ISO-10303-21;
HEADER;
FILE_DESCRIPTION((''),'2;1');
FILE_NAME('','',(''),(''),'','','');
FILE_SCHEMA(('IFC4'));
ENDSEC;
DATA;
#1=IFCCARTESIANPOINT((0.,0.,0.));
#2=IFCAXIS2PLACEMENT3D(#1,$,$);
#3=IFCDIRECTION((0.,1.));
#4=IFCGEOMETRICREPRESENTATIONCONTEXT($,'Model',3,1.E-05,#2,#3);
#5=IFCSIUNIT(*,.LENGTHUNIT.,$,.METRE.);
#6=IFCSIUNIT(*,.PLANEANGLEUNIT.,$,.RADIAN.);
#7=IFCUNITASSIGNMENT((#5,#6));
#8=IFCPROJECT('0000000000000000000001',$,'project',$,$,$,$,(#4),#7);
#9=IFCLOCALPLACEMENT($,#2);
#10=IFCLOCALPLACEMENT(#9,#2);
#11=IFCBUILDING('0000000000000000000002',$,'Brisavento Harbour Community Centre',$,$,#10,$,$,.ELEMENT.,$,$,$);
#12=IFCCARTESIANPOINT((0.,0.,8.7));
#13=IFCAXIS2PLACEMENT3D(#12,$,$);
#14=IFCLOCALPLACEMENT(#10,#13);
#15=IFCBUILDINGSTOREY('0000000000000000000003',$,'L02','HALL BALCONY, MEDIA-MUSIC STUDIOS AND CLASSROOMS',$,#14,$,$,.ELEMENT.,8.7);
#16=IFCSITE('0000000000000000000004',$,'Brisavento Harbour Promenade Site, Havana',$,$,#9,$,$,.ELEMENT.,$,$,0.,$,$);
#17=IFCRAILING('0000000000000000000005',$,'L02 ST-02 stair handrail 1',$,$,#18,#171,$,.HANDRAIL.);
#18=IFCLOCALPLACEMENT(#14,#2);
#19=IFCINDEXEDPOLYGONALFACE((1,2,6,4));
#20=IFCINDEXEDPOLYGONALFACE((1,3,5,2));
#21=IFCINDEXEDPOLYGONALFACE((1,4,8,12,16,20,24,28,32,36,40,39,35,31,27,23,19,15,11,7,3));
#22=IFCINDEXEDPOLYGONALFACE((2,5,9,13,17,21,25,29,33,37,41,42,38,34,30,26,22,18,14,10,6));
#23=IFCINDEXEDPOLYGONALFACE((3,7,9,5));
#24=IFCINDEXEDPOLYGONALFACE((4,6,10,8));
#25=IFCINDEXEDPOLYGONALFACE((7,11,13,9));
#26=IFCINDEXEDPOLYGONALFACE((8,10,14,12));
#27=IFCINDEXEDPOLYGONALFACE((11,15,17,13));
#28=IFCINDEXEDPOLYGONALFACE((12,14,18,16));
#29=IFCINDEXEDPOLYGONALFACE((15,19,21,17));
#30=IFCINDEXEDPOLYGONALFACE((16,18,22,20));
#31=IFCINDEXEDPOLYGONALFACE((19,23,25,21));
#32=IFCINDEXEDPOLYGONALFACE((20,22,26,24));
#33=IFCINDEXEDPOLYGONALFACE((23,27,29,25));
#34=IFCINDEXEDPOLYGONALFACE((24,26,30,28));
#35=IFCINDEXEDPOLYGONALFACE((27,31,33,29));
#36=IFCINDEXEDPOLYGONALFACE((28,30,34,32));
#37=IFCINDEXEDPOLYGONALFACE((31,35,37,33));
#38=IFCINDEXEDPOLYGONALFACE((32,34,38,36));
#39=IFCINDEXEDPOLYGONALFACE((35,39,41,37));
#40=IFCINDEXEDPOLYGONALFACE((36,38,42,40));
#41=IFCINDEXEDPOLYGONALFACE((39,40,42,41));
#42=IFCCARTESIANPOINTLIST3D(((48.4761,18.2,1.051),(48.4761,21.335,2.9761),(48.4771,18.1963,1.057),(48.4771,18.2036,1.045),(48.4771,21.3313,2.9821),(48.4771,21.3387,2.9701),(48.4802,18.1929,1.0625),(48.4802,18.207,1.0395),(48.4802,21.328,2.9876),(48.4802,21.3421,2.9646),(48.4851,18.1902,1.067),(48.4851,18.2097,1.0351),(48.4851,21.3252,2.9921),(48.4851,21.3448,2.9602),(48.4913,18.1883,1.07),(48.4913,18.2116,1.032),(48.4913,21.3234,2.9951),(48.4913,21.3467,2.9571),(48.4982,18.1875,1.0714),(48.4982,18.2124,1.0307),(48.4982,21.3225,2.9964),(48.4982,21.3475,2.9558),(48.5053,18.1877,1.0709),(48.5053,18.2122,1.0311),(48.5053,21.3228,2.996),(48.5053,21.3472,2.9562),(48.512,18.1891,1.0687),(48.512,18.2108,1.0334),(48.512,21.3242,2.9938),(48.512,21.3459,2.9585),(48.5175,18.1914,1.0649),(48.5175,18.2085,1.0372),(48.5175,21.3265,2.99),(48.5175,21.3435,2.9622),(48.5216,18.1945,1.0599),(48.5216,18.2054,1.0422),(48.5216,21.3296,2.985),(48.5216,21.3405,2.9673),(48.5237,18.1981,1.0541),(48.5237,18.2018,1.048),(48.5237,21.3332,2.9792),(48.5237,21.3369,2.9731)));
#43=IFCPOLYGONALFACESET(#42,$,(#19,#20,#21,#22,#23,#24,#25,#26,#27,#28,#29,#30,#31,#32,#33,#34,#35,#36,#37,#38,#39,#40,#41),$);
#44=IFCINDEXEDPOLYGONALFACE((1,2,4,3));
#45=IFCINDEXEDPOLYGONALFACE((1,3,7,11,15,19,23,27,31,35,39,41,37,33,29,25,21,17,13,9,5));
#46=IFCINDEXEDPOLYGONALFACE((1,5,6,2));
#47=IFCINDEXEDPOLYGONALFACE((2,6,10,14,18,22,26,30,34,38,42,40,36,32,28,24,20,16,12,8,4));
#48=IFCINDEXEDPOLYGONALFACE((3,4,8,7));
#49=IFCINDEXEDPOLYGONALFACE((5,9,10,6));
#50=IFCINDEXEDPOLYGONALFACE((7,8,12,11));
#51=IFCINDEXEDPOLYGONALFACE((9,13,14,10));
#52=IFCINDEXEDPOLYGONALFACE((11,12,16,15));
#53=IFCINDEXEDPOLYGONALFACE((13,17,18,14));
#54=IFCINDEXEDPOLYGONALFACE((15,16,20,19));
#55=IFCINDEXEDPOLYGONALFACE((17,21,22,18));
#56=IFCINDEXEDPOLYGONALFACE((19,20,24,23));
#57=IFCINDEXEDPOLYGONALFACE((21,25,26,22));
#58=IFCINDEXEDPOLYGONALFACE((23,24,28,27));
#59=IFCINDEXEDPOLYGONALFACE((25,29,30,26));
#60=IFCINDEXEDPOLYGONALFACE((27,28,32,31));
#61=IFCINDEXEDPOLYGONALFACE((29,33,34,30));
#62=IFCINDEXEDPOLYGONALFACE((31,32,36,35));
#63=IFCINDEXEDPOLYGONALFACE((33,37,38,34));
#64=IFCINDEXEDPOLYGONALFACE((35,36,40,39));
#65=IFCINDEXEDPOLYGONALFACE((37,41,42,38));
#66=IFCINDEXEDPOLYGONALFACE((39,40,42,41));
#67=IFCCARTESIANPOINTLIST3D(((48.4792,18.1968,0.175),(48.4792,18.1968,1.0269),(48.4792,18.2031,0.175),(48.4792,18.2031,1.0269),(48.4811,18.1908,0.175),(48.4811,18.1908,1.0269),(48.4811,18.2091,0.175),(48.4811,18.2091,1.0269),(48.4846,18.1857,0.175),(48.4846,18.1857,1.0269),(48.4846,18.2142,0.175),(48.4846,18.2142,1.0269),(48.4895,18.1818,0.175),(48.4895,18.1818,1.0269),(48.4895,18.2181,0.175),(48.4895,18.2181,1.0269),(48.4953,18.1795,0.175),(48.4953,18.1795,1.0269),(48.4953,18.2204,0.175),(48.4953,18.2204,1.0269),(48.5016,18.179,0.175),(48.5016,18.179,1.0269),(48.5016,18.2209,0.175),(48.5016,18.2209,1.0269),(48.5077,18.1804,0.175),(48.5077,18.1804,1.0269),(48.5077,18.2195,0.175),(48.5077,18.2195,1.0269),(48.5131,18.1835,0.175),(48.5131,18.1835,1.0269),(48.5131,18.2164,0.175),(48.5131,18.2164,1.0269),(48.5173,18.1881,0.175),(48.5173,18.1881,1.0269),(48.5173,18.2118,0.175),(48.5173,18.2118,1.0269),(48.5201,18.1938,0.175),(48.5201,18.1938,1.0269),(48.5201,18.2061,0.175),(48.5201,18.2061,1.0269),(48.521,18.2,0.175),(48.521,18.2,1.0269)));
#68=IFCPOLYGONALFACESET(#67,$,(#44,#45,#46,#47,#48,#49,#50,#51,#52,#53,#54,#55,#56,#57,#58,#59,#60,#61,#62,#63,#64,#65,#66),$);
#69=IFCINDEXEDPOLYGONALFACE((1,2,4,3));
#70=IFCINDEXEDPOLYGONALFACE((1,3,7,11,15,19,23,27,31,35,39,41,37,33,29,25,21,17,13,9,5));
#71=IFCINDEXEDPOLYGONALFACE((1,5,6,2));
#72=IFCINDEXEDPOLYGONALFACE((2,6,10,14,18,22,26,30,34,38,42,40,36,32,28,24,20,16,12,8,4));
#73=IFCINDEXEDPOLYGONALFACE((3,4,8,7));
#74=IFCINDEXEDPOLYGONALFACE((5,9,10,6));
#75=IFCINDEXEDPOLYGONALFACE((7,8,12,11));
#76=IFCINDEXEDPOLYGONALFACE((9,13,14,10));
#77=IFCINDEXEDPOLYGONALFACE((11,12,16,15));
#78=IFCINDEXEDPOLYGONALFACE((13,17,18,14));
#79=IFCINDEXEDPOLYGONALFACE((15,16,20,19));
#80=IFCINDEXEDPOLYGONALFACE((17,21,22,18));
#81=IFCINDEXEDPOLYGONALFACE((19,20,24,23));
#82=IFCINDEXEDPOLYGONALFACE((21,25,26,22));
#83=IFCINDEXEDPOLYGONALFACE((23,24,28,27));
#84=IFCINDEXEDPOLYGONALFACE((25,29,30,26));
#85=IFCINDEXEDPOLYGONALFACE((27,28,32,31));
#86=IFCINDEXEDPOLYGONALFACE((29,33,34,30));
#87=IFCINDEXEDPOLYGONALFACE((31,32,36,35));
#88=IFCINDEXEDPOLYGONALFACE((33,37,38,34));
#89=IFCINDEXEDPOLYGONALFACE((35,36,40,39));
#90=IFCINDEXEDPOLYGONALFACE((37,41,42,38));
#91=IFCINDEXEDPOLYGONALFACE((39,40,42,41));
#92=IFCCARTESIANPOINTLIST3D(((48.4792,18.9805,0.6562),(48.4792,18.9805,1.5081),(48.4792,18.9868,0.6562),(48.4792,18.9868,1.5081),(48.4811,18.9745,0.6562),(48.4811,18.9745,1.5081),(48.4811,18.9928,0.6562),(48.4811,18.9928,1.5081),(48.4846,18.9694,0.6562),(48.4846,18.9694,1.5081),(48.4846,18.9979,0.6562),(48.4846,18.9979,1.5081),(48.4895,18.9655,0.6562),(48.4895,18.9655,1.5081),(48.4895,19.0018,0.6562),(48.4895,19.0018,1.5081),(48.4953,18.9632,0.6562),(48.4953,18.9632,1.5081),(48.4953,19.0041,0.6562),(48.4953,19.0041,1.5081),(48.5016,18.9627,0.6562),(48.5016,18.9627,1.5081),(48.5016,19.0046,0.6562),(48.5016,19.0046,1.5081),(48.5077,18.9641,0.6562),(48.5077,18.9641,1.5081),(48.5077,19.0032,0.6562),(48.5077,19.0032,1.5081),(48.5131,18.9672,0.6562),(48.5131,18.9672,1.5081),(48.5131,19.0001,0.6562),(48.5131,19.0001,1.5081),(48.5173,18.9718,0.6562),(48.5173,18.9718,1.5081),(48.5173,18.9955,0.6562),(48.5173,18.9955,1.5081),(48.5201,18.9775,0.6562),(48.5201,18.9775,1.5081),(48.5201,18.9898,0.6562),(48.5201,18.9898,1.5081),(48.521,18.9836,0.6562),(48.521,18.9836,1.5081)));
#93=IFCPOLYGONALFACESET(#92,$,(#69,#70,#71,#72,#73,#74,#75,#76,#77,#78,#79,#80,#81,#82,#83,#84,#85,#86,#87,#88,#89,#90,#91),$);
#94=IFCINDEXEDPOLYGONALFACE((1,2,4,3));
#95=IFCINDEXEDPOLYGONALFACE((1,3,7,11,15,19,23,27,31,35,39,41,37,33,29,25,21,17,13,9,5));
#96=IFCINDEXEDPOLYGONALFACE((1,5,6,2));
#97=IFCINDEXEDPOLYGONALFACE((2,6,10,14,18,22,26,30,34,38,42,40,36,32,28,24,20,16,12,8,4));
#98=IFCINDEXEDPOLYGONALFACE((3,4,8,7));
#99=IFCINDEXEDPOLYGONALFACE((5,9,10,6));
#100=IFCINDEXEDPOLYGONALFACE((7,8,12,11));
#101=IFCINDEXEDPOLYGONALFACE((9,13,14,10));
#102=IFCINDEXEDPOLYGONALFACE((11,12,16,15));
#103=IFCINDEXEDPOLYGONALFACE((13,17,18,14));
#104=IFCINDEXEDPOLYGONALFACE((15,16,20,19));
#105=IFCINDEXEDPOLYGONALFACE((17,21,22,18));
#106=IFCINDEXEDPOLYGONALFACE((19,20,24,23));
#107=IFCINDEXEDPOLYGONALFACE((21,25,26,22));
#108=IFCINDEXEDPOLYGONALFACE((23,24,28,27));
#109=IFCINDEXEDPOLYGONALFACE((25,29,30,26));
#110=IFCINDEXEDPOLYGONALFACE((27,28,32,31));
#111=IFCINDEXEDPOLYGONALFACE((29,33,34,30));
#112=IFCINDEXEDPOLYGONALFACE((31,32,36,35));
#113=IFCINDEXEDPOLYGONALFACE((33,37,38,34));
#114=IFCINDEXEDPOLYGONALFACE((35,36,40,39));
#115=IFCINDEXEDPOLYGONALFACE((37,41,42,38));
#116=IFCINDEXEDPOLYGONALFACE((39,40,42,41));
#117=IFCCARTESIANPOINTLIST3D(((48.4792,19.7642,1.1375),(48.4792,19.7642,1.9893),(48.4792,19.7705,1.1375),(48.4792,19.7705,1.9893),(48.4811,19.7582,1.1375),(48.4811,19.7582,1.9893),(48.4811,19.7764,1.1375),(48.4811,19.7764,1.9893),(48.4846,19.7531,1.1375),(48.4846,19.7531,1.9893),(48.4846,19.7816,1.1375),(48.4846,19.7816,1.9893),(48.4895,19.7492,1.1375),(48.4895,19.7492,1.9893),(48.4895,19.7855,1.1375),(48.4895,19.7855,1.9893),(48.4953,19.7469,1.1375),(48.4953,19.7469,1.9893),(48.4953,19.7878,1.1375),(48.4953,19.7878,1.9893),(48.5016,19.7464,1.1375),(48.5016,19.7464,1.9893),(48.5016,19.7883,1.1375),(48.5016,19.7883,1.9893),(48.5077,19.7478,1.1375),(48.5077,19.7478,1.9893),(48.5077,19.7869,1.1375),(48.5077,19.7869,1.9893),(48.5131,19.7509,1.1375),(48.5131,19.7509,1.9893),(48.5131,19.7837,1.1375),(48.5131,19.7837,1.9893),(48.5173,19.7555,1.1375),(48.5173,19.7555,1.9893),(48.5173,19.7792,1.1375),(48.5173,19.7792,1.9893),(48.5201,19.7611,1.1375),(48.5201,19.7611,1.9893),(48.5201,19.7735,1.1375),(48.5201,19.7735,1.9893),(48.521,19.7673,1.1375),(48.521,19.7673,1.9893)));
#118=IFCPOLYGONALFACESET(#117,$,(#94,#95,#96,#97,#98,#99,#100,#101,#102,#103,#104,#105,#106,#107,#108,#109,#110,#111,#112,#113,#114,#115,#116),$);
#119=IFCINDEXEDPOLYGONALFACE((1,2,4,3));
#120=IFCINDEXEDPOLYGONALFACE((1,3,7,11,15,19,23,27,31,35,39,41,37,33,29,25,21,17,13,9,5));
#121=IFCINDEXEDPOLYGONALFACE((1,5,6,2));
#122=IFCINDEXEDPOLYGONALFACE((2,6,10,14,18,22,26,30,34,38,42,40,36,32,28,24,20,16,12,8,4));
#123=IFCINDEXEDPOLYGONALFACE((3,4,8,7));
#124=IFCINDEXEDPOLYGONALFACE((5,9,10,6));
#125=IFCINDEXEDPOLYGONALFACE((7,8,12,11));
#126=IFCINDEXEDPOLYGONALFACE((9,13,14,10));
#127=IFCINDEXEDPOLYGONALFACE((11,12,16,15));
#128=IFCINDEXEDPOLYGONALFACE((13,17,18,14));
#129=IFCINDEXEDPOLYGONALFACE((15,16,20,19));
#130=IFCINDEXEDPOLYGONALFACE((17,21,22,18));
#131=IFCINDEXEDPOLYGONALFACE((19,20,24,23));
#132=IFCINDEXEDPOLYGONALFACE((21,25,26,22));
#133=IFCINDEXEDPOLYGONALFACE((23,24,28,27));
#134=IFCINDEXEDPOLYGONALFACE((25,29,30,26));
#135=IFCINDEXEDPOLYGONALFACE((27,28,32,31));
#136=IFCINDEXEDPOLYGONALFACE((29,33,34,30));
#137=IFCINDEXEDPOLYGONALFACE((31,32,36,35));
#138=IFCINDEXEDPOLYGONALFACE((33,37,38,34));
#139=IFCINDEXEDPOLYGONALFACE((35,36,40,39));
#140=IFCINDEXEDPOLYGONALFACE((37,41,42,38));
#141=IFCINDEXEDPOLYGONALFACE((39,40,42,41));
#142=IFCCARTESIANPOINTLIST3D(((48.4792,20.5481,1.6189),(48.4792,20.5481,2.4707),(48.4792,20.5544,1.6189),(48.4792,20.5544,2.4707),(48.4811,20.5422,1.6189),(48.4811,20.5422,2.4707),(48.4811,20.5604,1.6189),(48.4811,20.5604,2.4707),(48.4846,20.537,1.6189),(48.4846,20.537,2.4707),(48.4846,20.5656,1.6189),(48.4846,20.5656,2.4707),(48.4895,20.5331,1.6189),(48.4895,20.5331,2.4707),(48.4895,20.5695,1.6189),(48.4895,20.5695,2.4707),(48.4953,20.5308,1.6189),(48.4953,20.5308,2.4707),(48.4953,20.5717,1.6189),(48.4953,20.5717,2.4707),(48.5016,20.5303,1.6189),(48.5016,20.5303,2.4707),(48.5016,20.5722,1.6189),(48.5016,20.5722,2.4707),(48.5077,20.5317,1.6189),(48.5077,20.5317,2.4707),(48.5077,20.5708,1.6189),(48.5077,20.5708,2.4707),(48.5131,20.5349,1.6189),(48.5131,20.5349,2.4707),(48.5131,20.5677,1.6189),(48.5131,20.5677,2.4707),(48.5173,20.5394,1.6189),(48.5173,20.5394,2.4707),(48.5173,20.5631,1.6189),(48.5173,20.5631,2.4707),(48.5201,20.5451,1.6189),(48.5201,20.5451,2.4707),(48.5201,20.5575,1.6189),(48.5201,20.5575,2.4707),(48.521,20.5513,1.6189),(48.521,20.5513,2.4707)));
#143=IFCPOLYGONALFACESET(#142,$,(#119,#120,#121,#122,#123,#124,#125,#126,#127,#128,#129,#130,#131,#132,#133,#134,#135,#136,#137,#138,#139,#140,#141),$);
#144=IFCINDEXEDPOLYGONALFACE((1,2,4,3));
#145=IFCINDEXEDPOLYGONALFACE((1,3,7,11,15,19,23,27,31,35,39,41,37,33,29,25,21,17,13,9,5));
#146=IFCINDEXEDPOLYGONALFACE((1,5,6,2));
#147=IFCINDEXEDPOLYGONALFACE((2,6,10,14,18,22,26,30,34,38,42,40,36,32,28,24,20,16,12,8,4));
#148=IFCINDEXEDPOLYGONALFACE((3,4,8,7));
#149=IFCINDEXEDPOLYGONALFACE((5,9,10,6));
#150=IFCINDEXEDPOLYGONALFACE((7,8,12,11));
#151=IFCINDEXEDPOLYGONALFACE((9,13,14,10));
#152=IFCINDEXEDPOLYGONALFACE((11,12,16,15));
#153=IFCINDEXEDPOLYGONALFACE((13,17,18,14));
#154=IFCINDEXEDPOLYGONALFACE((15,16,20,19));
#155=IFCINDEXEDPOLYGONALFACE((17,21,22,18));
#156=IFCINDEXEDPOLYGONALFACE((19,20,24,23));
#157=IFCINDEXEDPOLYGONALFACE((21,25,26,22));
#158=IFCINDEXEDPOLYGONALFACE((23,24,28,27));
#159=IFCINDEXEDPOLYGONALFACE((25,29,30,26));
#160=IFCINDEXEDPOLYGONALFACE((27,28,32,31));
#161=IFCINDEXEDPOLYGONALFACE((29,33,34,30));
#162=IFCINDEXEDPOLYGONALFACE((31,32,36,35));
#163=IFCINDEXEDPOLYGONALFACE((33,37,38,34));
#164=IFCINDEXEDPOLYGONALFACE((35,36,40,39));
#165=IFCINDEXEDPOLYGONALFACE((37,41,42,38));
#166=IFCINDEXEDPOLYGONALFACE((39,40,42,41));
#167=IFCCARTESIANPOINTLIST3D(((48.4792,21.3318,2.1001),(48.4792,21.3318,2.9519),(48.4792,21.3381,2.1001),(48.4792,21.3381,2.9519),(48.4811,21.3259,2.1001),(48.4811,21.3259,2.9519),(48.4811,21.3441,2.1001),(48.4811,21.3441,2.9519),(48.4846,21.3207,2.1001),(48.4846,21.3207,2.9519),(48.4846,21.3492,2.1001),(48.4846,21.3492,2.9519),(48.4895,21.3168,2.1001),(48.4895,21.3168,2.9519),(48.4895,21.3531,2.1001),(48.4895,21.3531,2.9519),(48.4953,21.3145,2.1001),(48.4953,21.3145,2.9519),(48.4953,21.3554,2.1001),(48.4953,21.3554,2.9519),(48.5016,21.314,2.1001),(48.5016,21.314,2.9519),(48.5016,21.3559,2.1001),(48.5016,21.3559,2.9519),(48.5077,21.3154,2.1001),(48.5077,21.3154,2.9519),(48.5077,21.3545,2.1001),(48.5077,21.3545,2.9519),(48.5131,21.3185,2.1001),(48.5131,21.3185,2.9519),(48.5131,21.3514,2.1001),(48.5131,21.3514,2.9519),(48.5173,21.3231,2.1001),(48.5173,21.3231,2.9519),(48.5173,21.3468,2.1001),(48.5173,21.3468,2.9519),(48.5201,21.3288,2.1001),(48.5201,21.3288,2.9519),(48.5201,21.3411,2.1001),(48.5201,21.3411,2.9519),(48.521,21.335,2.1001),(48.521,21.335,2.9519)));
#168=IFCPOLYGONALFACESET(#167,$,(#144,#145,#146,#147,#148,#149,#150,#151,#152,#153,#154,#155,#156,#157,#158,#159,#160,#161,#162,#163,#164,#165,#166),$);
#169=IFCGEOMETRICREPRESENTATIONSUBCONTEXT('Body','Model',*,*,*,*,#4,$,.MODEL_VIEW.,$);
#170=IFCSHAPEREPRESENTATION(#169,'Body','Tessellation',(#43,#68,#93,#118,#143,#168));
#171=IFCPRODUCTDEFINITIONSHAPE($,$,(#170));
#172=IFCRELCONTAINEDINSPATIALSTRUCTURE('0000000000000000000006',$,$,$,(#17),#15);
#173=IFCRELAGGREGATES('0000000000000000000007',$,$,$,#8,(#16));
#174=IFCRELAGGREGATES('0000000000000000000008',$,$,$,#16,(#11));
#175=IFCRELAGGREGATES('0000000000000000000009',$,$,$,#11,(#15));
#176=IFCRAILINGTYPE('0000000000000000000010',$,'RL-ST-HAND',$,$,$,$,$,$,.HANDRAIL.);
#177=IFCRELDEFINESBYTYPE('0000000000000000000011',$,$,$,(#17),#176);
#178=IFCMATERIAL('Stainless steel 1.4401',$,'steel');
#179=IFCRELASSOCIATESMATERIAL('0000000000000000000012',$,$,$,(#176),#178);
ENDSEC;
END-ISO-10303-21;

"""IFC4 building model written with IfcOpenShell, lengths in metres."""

from ifc_helpers import new_model, si_unit, direction, frame, origin, origin_2d, place, context, subcontext, project, spatial, circle, extrude, material, type_object, element, save


model = new_model("IFC4")

# Units and contexts
model_context = context("Model", 3, precision=1e-05, world=origin(), true_north=direction((0.0, 1.0)))
body_context = subcontext(model_context, "Body", "Model", "MODEL_VIEW")
ifc_project = project(units=[si_unit("LENGTHUNIT", "METRE"), si_unit("PLANEANGLEUNIT", "RADIAN")], contexts=[model_context])

# Site, building, storey
site_placement = place(None, origin())
site = spatial("IfcSite", under=ifc_project, at=site_placement, Name="Brisavento Harbour Promenade Site, Havana", CompositionType="ELEMENT", RefElevation=0.0)
building_placement = place(site_placement, origin())
building = spatial("IfcBuilding", under=site, at=building_placement, Name="Brisavento Harbour Community Centre", CompositionType="ELEMENT")
storey_placement = place(building_placement, frame((0.0, 0.0, 8.7)))
storey = spatial("IfcBuildingStorey", under=building, at=storey_placement, Name="L02", Description="HALL BALCONY, MEDIA-MUSIC STUDIOS AND CLASSROOMS", CompositionType="ELEMENT", Elevation=8.7)

# Railing
ifc_material_1 = material(Name="Stainless steel 1.4401", Category="steel")
railing_type_1 = type_object("IfcRailingType", Name="RL-ST-HAND", PredefinedType="HANDRAIL", material=ifc_material_1)
railing_1_placement = place(storey_placement, frame((48.5, 18.2, 0.175)))
element("IfcRailing", 1, at=railing_1_placement, inside=storey, type_object=railing_type_1, Name="L02 ST-02 stair handrail 1", PredefinedType="HANDRAIL", context=body_context, shape_type="SweptSolid", body=[
    extrude(circle(Radius=0.0239, at=origin_2d()), frame((0.0, 0.0, 0.876), z_axis=(0.0, 0.852166, 0.523271), x_axis=(-1.0, 0.0, 0.0)), (0.0, 0.0, 1.0), 3.679),
    extrude(circle(Radius=0.021, at=origin_2d()), origin(), (0.0, 0.0, 1.0), 0.8518),
    extrude(circle(Radius=0.021, at=origin_2d()), frame((0.0, 0.7837, 0.4812)), (0.0, 0.0, 1.0), 0.8518),
    extrude(circle(Radius=0.021, at=origin_2d()), frame((0.0, 1.5674, 0.9624)), (0.0, 0.0, 1.0), 0.8518),
    extrude(circle(Radius=0.021, at=origin_2d()), frame((0.0, 2.3513, 1.4438)), (0.0, 0.0, 1.0), 0.8518),
    extrude(circle(Radius=0.021, at=origin_2d()), frame((0.0, 3.135, 1.925)), (0.0, 0.0, 1.0), 0.8518),
])

save(model, "model.ifc")
